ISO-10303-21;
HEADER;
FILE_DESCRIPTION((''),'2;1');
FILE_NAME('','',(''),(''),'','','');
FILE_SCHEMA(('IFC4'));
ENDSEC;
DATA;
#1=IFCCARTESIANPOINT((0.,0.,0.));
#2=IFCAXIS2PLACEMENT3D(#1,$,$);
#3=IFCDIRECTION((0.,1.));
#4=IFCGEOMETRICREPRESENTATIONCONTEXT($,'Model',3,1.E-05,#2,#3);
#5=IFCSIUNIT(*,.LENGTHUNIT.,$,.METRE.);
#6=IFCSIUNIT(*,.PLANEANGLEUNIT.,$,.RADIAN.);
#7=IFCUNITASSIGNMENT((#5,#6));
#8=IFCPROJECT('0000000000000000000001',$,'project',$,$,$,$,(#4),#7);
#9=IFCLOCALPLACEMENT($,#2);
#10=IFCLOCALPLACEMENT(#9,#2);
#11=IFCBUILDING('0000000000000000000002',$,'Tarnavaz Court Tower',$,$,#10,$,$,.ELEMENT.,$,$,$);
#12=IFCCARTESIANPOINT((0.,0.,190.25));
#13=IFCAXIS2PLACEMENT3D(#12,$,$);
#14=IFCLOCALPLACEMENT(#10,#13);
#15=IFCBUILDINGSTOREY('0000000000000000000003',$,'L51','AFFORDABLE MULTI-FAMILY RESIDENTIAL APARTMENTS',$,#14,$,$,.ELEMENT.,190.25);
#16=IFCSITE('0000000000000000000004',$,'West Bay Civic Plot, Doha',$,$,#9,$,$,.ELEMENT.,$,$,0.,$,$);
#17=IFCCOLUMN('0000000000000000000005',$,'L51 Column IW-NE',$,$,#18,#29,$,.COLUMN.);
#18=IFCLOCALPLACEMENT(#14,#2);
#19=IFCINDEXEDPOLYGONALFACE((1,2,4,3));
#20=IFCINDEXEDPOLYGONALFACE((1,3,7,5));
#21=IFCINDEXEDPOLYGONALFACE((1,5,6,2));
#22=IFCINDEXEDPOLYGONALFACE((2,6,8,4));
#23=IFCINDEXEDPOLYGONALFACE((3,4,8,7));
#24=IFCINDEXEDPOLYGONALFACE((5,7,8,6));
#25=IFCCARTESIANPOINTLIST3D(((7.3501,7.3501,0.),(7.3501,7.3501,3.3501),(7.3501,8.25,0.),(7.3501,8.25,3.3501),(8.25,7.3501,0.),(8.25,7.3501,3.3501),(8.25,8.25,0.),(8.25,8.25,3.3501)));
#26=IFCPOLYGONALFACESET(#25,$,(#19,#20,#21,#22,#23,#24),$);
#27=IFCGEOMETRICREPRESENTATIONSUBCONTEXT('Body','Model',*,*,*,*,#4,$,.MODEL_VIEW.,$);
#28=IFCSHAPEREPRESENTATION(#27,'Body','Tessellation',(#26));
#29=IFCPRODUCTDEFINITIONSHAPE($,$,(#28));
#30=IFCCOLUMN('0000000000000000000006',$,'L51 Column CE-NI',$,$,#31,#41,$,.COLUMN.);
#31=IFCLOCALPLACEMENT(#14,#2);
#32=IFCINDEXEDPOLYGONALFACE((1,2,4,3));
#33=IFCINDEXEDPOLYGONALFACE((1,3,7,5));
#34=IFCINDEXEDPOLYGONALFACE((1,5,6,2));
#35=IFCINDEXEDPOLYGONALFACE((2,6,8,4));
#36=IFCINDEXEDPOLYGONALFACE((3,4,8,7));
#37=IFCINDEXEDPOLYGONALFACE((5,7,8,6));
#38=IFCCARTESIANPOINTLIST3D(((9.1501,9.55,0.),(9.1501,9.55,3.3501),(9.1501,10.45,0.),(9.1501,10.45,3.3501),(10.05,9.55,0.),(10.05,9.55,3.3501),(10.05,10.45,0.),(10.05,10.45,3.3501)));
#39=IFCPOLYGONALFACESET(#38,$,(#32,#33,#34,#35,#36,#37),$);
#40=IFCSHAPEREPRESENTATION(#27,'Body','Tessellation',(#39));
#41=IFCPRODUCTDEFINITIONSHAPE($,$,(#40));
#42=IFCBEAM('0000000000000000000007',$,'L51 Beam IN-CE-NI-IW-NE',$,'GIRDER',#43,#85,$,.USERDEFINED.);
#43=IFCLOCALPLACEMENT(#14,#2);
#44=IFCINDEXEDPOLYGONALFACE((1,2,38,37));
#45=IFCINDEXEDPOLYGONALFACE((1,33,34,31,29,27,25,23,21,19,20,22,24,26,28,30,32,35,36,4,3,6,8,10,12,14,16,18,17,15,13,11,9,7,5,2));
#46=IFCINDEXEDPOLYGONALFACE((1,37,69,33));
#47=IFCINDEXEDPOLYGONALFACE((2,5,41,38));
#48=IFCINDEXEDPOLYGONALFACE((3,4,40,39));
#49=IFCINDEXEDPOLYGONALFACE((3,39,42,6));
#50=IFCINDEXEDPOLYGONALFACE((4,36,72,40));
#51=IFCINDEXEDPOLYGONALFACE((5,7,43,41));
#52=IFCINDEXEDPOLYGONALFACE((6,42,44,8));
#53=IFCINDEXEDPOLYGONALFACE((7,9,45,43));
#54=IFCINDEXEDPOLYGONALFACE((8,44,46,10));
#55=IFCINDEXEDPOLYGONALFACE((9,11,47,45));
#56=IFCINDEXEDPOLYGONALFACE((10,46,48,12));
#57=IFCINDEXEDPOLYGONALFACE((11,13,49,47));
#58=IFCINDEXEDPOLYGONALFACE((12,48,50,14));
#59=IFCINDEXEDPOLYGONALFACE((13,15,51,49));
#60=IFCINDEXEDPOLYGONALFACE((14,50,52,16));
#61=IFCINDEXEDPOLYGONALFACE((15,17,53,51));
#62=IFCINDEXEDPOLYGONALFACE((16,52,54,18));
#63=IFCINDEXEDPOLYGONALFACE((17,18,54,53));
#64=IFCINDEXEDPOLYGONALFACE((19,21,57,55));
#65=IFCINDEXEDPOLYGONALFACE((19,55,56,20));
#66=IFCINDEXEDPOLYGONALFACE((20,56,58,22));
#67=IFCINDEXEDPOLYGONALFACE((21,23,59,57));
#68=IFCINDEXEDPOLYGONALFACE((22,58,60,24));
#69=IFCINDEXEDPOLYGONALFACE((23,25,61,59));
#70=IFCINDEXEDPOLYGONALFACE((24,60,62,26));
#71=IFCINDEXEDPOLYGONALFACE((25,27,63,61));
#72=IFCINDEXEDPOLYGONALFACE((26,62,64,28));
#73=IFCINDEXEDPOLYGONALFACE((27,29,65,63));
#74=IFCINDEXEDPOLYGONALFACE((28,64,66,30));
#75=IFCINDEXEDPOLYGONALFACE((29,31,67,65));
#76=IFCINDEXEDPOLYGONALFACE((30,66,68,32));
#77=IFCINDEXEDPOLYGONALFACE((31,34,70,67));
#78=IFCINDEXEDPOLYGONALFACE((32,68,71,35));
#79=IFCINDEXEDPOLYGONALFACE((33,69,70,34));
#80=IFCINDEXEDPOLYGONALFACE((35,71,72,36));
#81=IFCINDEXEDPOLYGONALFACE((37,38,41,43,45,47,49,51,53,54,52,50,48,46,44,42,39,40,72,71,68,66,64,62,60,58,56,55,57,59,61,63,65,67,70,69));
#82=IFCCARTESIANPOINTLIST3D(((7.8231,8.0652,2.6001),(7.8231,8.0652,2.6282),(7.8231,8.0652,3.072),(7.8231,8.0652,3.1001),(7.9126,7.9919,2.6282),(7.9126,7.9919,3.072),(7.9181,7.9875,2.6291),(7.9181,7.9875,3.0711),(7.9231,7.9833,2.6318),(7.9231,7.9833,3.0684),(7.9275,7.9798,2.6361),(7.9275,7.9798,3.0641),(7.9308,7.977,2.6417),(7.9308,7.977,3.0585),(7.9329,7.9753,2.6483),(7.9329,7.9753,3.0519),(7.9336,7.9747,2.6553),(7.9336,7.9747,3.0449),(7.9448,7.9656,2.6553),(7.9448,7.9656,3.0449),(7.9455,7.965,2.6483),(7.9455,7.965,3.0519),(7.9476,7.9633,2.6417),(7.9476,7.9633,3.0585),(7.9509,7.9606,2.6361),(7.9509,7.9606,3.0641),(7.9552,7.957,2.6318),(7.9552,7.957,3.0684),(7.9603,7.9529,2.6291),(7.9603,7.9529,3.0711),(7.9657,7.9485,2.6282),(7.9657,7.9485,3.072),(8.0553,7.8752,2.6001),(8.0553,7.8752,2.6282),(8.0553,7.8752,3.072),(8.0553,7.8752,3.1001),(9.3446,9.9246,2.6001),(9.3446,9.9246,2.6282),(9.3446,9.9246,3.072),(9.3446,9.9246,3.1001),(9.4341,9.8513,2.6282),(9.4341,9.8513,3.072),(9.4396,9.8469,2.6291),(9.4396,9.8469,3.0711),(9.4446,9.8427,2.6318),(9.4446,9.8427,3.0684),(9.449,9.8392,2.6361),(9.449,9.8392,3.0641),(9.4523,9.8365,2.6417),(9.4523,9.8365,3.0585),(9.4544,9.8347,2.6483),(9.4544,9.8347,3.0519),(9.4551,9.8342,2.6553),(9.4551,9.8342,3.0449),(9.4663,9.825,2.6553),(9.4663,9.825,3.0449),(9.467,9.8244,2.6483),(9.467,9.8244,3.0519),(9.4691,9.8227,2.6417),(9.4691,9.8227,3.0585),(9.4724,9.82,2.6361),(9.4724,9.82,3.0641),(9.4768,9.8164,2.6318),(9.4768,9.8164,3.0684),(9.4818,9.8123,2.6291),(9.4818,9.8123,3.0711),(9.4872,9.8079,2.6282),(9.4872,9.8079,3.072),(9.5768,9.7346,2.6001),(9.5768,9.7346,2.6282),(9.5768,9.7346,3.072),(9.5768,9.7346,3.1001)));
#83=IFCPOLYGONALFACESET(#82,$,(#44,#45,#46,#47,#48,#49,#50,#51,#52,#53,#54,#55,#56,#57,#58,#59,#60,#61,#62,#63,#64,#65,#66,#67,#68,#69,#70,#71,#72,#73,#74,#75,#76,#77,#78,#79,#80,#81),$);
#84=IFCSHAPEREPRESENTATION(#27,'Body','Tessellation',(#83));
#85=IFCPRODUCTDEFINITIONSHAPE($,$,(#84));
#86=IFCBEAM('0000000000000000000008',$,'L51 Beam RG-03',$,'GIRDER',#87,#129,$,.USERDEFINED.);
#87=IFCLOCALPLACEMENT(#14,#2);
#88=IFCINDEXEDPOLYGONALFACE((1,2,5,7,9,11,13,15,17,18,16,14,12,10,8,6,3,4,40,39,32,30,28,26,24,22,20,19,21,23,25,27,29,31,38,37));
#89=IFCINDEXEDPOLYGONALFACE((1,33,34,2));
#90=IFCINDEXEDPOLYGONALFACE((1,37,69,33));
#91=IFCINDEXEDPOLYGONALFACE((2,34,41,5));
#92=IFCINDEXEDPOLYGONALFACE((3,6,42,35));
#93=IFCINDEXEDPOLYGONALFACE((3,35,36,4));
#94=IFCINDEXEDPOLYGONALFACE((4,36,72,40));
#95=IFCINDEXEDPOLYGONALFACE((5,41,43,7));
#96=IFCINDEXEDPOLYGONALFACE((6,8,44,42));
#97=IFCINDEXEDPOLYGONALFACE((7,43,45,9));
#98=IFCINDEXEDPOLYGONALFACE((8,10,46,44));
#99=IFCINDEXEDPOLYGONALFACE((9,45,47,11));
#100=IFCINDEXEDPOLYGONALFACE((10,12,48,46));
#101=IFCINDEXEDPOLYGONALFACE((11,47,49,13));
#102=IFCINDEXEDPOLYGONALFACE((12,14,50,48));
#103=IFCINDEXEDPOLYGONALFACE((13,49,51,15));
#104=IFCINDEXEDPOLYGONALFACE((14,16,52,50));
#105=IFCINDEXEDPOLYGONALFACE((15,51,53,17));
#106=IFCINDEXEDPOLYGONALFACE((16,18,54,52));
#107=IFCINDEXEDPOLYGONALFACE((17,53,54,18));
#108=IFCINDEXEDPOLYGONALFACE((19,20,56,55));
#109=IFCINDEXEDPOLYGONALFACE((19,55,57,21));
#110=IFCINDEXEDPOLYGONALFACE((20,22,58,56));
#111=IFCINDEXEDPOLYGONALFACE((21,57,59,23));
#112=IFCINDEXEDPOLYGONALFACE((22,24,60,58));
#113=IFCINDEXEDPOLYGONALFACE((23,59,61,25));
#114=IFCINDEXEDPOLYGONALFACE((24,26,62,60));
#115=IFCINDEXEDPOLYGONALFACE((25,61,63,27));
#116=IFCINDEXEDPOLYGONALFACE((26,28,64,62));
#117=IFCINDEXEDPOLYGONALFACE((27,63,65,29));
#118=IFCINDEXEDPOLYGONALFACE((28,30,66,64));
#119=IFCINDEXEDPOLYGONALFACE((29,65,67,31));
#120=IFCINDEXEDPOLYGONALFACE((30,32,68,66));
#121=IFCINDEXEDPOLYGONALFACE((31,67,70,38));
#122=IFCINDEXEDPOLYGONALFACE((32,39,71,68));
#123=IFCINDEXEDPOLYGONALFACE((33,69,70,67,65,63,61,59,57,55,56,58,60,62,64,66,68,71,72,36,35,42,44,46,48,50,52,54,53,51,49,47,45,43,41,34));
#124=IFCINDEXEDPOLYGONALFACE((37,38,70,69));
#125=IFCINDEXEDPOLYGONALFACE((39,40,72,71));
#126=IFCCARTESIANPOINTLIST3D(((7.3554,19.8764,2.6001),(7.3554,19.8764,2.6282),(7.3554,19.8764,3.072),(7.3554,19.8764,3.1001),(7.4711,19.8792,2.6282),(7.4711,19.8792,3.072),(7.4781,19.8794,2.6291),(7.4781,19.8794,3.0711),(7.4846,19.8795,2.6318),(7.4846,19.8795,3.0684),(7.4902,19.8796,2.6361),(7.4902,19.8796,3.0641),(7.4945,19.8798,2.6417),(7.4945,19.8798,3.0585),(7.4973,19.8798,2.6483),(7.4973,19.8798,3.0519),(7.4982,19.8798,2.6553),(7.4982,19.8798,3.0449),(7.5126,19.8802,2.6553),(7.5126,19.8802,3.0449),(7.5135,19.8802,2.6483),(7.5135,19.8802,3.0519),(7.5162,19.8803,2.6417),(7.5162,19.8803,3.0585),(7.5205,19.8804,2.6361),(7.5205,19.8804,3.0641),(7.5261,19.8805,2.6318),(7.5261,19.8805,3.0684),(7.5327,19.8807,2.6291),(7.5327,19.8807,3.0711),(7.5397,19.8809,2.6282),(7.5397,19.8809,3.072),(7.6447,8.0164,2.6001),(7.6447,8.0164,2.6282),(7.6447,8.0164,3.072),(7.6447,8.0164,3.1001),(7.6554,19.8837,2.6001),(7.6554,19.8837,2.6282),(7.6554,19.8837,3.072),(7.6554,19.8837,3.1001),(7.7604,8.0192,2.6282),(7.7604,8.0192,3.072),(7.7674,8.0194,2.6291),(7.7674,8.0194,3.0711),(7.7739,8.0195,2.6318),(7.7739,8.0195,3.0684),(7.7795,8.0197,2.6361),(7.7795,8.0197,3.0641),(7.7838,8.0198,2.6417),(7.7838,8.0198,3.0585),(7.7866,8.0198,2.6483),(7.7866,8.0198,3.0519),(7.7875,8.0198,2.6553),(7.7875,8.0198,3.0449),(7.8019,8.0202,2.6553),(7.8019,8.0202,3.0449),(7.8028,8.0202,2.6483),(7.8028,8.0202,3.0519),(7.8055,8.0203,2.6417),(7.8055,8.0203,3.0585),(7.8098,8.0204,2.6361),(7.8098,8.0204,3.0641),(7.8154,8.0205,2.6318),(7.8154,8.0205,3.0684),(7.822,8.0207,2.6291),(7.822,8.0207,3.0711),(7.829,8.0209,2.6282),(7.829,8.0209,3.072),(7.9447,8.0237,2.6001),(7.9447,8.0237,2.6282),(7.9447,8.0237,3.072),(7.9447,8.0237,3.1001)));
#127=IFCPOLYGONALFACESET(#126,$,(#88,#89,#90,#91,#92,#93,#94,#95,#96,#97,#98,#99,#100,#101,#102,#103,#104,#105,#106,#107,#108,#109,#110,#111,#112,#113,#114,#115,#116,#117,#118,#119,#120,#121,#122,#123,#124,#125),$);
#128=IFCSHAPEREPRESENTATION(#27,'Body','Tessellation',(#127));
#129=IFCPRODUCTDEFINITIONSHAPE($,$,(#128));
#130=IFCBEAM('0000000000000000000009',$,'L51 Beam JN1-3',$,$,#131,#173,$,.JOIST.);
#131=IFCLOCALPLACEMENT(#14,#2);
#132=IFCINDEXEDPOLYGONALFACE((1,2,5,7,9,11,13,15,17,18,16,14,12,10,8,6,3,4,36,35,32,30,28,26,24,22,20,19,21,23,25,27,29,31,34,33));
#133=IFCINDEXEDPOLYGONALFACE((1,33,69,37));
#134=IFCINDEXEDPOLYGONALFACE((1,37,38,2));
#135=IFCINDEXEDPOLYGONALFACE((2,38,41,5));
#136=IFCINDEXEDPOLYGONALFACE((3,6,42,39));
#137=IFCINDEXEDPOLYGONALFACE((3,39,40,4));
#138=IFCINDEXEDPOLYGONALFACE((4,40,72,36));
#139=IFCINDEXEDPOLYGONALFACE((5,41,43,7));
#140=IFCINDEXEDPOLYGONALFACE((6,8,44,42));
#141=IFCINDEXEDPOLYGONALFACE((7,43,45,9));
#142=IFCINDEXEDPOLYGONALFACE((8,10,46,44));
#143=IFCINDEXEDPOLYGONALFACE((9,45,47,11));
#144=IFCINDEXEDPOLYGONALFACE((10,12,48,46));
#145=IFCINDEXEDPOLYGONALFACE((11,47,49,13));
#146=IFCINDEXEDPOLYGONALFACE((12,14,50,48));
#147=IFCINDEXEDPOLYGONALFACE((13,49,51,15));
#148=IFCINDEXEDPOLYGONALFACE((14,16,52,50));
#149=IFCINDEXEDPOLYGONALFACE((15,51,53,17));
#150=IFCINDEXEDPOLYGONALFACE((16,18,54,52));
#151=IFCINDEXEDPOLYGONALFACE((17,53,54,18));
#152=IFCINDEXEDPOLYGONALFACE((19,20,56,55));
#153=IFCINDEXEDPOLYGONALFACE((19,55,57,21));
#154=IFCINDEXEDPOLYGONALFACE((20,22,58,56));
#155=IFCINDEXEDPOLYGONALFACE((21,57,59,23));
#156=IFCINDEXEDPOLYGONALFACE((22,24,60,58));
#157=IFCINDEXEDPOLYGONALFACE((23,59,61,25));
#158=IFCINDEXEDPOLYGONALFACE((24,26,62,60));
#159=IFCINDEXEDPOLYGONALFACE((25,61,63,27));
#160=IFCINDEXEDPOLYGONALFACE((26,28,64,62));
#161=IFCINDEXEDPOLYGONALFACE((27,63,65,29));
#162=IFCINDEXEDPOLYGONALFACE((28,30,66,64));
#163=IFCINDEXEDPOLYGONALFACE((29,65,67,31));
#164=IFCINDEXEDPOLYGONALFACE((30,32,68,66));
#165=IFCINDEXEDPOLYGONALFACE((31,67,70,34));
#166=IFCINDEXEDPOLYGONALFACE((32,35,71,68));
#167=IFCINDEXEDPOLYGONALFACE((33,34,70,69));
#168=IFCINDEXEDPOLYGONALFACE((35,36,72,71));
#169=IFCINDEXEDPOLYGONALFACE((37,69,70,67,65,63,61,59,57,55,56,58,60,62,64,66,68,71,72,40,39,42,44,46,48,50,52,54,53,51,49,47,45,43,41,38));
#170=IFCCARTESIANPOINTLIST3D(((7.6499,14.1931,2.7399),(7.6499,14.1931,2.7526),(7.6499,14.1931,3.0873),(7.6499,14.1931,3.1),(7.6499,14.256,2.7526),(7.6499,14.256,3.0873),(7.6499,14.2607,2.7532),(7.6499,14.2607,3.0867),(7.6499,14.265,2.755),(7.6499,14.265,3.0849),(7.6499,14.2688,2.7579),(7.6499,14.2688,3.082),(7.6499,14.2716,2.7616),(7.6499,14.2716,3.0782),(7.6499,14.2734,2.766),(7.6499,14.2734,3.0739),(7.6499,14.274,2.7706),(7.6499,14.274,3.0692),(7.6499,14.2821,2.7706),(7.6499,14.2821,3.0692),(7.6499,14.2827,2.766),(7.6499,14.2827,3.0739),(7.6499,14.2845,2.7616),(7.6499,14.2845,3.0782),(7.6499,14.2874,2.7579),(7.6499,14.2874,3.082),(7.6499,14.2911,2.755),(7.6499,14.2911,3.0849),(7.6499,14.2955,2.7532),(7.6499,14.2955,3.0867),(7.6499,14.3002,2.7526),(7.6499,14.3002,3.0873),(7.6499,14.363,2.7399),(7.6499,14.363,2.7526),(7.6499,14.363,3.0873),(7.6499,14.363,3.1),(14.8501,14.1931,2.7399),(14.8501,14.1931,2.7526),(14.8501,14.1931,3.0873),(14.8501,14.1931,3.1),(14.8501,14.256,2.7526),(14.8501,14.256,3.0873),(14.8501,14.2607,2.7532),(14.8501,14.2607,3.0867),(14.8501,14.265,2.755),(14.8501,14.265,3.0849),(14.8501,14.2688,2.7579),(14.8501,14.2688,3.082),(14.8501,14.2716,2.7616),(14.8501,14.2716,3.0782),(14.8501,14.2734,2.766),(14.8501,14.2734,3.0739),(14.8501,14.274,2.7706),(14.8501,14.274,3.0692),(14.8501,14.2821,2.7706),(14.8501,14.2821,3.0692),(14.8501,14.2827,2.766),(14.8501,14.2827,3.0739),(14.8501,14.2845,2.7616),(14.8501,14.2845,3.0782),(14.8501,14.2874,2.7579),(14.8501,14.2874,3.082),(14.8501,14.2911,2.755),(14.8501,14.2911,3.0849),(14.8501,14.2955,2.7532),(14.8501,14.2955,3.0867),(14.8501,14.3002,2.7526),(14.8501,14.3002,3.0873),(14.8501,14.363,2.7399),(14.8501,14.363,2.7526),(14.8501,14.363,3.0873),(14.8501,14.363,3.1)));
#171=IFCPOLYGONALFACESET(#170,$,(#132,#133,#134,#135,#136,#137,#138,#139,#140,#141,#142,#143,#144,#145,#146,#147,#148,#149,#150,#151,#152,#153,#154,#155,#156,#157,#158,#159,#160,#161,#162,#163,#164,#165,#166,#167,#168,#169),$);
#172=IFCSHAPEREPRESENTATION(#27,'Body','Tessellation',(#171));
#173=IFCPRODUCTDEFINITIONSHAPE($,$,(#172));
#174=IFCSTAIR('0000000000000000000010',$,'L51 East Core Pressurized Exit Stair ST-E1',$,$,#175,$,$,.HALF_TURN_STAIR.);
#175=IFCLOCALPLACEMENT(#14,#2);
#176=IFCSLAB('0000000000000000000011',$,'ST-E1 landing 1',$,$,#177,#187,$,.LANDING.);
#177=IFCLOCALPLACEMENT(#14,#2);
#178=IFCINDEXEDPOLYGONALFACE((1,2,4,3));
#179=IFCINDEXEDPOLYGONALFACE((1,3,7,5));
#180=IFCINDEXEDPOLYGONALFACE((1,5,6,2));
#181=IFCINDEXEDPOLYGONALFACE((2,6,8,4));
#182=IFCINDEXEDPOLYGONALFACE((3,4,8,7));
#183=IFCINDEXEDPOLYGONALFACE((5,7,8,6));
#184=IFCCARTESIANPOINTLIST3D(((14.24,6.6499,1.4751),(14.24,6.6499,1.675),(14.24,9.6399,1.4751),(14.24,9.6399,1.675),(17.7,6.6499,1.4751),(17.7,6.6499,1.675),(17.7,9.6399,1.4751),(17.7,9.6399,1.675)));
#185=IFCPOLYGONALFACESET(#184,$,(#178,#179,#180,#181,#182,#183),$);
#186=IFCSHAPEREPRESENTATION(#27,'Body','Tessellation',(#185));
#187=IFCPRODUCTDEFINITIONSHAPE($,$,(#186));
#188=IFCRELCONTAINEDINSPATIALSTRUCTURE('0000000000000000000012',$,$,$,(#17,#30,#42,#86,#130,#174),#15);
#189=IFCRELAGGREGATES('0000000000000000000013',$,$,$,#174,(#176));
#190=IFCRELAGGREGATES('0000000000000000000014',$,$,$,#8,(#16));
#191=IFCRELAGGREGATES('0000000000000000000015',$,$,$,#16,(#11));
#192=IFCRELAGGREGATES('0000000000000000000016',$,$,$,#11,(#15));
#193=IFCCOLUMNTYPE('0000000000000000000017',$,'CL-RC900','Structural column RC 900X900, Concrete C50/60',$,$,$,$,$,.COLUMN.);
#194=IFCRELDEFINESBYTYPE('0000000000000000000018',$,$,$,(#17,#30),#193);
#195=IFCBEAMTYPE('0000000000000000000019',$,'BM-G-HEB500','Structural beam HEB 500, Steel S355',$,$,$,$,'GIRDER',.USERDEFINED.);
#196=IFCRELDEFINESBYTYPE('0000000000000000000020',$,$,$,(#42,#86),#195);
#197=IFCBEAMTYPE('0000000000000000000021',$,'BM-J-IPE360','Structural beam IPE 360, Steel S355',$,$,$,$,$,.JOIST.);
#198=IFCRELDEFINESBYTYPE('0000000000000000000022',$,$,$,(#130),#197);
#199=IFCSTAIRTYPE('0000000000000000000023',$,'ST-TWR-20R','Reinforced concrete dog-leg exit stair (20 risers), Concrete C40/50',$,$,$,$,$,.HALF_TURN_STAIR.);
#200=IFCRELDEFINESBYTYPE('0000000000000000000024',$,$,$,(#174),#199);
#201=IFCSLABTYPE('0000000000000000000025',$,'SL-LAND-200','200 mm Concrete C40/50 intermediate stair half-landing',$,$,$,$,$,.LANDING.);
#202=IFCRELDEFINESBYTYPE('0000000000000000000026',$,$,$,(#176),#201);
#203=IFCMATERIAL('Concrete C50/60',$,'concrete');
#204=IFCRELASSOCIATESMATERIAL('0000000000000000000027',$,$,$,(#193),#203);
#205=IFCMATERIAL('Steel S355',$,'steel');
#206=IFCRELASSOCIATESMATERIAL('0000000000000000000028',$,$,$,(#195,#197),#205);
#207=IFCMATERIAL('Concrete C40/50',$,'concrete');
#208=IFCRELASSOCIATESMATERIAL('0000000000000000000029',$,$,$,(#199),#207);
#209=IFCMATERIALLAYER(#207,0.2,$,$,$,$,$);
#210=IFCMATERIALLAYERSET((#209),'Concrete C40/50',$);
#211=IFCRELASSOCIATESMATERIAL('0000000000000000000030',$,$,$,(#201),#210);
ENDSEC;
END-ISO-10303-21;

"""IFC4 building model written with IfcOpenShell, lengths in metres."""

from ifc_helpers import new_model, si_unit, direction, frame, origin, origin_2d, place, context, subcontext, project, spatial, polyline, rectangle, i_section, outline, extrude, material, layer, layer_set, material_profile, profile_set, type_object, element, aggregate, save


model = new_model("IFC4")

# Units and contexts
model_context = context("Model", 3, precision=1e-05, world=origin(), true_north=direction((0.0, 1.0)))
body_context = subcontext(model_context, "Body", "Model", "MODEL_VIEW")
ifc_project = project(units=[si_unit("LENGTHUNIT", "METRE"), si_unit("PLANEANGLEUNIT", "RADIAN")], contexts=[model_context])

# Site, building, storey
site_placement = place(None, origin())
site = spatial("IfcSite", under=ifc_project, at=site_placement, Name="West Bay Civic Plot, Doha", CompositionType="ELEMENT", RefElevation=0.0)
building_placement = place(site_placement, origin())
building = spatial("IfcBuilding", under=site, at=building_placement, Name="Tarnavaz Court Tower", CompositionType="ELEMENT")
storey_placement = place(building_placement, frame((0.0, 0.0, 190.25)))
storey = spatial("IfcBuildingStorey", under=building, at=storey_placement, Name="L51", Description="AFFORDABLE MULTI-FAMILY RESIDENTIAL APARTMENTS", CompositionType="ELEMENT", Elevation=190.25)

# Columns
ifc_material_1 = material(Name="Concrete C50/60", Category="concrete")
ifc_material_profile_1 = material_profile(ifc_material_1, rectangle(XDim=0.8999, YDim=0.8999, at=origin_2d()), Name="RC 900X900")
ifc_profile_set_1 = profile_set([ifc_material_profile_1], Name="Concrete C50/60")
column_type = type_object("IfcColumnType", Name="CL-RC900", Description="Structural column RC 900X900, Concrete C50/60", PredefinedType="COLUMN", material=ifc_profile_set_1)
for number, where, z_axis, x_axis, name in (
    (1, (7.8, 7.8, 0.0), (0.0, 0.0, 1.0), (1.0, 0.0, 0.0), "L51 Column IW-NE"),
    (2, (9.6001, 10.0, 0.0), (0.0, 0.0, 1.0), (1.0, 0.0, 0.0), "L51 Column CE-NI"),
):
    element("IfcColumn", number, at=place(storey_placement, frame(where, z_axis=z_axis, x_axis=x_axis)), inside=storey, type_object=column_type, Name=name, PredefinedType="COLUMN", context=body_context, shape_type="SweptSolid", body=[
        extrude(rectangle(XDim=0.8999, YDim=0.8999, at=origin_2d()), origin(), (0.0, 0.0, 1.0), 3.3501),
    ])

# Beams
ifc_material_2 = material(Name="Steel S355", Category="steel")
ifc_material_profile_2 = material_profile(ifc_material_2, i_section(OverallWidth=0.3, OverallDepth=0.5, WebThickness=0.0144, FlangeThickness=0.0281, FilletRadius=0.0271, at=origin_2d()), Name="HEB 500")
ifc_profile_set_2 = profile_set([ifc_material_profile_2], Name="Steel S355")
beam_type_1 = type_object("IfcBeamType", Name="BM-G-HEB500", Description="Structural beam HEB 500, Steel S355", ElementType="GIRDER", PredefinedType="USERDEFINED", material=ifc_profile_set_2)
beam_1_placement = place(storey_placement, frame((9.4607, 9.8296, 2.8501), z_axis=(-0.633282, -0.773921, 0.0), x_axis=(0.773921, -0.633282, 0.0)))
element("IfcBeam", 3, at=beam_1_placement, inside=storey, type_object=beam_type_1, Name="L51 Beam IN-CE-NI-IW-NE", ObjectType="GIRDER", PredefinedType="USERDEFINED", context=body_context, shape_type="SweptSolid", body=[
    extrude(i_section(OverallWidth=0.3, OverallDepth=0.5, WebThickness=0.0144, FlangeThickness=0.0281, FilletRadius=0.0271, at=origin_2d()), origin(), (0.0, 0.0, 1.0), 2.4026),
])
beam_2_placement = place(storey_placement, frame((7.7947, 8.02, 2.8501), z_axis=(-0.024386, 0.999703, 0.0), x_axis=(-0.999703, -0.024386, 0.0)))
element("IfcBeam", 4, at=beam_2_placement, inside=storey, type_object=beam_type_1, Name="L51 Beam RG-03", ObjectType="GIRDER", PredefinedType="USERDEFINED", context=body_context, shape_type="SweptSolid", body=[
    extrude(i_section(OverallWidth=0.3, OverallDepth=0.5, WebThickness=0.0144, FlangeThickness=0.0281, FilletRadius=0.0271, at=origin_2d()), origin(), (0.0, 0.0, 1.0), 11.8635),
])
ifc_material_profile_3 = material_profile(ifc_material_2, i_section(OverallWidth=0.1699, OverallDepth=0.3601, WebThickness=0.0081, FlangeThickness=0.0127, FilletRadius=0.0181, at=origin_2d()), Name="IPE 360")
ifc_profile_set_3 = profile_set([ifc_material_profile_3], Name="Steel S355")
beam_type_2 = type_object("IfcBeamType", Name="BM-J-IPE360", Description="Structural beam IPE 360, Steel S355", PredefinedType="JOIST", material=ifc_profile_set_3)
beam_3_placement = place(storey_placement, frame((7.6499, 14.2781, 2.9199), z_axis=(1.0, 0.0, 0.0), x_axis=(0.0, 1.0, 0.0)))
element("IfcBeam", 5, at=beam_3_placement, inside=storey, type_object=beam_type_2, Name="L51 Beam JN1-3", PredefinedType="JOIST", context=body_context, shape_type="SweptSolid", body=[
    extrude(i_section(OverallWidth=0.1699, OverallDepth=0.3601, WebThickness=0.0081, FlangeThickness=0.0127, FilletRadius=0.0181, at=origin_2d()), origin(), (0.0, 0.0, 1.0), 7.2002),
])

# Stair, slab
ifc_material_3 = material(Name="Concrete C40/50", Category="concrete")
stair_type = type_object("IfcStairType", Name="ST-TWR-20R", Description="Reinforced concrete dog-leg exit stair (20 risers), Concrete C40/50", PredefinedType="HALF_TURN_STAIR", material=ifc_material_3)
stair_1_placement = place(storey_placement, origin())
stair_1 = element("IfcStair", 6, at=stair_1_placement, inside=storey, type_object=stair_type, Name="L51 East Core Pressurized Exit Stair ST-E1", PredefinedType="HALF_TURN_STAIR")
ifc_layer_1 = layer(ifc_material_3, 0.2)
ifc_layer_set_1 = layer_set([ifc_layer_1], Name="Concrete C40/50")
slab_type = type_object("IfcSlabType", Name="SL-LAND-200", Description="200 mm Concrete C40/50 intermediate stair half-landing", PredefinedType="LANDING", material=ifc_layer_set_1)
slab_1_placement = place(storey_placement, frame((0.0, 0.0, 1.4751)))
slab_1 = element("IfcSlab", 7, at=slab_1_placement, type_object=slab_type, Name="ST-E1 landing 1", PredefinedType="LANDING", context=body_context, shape_type="SweptSolid", body=[
    extrude(outline(polyline([(14.24, 6.6499), (17.7, 6.6499), (17.7, 9.6399), (14.24, 9.6399), (14.24, 6.6499)])), origin(), (0.0, 0.0, 1.0), 0.2),
])
aggregate(stair_1, [slab_1])

save(model, "model.ifc")
